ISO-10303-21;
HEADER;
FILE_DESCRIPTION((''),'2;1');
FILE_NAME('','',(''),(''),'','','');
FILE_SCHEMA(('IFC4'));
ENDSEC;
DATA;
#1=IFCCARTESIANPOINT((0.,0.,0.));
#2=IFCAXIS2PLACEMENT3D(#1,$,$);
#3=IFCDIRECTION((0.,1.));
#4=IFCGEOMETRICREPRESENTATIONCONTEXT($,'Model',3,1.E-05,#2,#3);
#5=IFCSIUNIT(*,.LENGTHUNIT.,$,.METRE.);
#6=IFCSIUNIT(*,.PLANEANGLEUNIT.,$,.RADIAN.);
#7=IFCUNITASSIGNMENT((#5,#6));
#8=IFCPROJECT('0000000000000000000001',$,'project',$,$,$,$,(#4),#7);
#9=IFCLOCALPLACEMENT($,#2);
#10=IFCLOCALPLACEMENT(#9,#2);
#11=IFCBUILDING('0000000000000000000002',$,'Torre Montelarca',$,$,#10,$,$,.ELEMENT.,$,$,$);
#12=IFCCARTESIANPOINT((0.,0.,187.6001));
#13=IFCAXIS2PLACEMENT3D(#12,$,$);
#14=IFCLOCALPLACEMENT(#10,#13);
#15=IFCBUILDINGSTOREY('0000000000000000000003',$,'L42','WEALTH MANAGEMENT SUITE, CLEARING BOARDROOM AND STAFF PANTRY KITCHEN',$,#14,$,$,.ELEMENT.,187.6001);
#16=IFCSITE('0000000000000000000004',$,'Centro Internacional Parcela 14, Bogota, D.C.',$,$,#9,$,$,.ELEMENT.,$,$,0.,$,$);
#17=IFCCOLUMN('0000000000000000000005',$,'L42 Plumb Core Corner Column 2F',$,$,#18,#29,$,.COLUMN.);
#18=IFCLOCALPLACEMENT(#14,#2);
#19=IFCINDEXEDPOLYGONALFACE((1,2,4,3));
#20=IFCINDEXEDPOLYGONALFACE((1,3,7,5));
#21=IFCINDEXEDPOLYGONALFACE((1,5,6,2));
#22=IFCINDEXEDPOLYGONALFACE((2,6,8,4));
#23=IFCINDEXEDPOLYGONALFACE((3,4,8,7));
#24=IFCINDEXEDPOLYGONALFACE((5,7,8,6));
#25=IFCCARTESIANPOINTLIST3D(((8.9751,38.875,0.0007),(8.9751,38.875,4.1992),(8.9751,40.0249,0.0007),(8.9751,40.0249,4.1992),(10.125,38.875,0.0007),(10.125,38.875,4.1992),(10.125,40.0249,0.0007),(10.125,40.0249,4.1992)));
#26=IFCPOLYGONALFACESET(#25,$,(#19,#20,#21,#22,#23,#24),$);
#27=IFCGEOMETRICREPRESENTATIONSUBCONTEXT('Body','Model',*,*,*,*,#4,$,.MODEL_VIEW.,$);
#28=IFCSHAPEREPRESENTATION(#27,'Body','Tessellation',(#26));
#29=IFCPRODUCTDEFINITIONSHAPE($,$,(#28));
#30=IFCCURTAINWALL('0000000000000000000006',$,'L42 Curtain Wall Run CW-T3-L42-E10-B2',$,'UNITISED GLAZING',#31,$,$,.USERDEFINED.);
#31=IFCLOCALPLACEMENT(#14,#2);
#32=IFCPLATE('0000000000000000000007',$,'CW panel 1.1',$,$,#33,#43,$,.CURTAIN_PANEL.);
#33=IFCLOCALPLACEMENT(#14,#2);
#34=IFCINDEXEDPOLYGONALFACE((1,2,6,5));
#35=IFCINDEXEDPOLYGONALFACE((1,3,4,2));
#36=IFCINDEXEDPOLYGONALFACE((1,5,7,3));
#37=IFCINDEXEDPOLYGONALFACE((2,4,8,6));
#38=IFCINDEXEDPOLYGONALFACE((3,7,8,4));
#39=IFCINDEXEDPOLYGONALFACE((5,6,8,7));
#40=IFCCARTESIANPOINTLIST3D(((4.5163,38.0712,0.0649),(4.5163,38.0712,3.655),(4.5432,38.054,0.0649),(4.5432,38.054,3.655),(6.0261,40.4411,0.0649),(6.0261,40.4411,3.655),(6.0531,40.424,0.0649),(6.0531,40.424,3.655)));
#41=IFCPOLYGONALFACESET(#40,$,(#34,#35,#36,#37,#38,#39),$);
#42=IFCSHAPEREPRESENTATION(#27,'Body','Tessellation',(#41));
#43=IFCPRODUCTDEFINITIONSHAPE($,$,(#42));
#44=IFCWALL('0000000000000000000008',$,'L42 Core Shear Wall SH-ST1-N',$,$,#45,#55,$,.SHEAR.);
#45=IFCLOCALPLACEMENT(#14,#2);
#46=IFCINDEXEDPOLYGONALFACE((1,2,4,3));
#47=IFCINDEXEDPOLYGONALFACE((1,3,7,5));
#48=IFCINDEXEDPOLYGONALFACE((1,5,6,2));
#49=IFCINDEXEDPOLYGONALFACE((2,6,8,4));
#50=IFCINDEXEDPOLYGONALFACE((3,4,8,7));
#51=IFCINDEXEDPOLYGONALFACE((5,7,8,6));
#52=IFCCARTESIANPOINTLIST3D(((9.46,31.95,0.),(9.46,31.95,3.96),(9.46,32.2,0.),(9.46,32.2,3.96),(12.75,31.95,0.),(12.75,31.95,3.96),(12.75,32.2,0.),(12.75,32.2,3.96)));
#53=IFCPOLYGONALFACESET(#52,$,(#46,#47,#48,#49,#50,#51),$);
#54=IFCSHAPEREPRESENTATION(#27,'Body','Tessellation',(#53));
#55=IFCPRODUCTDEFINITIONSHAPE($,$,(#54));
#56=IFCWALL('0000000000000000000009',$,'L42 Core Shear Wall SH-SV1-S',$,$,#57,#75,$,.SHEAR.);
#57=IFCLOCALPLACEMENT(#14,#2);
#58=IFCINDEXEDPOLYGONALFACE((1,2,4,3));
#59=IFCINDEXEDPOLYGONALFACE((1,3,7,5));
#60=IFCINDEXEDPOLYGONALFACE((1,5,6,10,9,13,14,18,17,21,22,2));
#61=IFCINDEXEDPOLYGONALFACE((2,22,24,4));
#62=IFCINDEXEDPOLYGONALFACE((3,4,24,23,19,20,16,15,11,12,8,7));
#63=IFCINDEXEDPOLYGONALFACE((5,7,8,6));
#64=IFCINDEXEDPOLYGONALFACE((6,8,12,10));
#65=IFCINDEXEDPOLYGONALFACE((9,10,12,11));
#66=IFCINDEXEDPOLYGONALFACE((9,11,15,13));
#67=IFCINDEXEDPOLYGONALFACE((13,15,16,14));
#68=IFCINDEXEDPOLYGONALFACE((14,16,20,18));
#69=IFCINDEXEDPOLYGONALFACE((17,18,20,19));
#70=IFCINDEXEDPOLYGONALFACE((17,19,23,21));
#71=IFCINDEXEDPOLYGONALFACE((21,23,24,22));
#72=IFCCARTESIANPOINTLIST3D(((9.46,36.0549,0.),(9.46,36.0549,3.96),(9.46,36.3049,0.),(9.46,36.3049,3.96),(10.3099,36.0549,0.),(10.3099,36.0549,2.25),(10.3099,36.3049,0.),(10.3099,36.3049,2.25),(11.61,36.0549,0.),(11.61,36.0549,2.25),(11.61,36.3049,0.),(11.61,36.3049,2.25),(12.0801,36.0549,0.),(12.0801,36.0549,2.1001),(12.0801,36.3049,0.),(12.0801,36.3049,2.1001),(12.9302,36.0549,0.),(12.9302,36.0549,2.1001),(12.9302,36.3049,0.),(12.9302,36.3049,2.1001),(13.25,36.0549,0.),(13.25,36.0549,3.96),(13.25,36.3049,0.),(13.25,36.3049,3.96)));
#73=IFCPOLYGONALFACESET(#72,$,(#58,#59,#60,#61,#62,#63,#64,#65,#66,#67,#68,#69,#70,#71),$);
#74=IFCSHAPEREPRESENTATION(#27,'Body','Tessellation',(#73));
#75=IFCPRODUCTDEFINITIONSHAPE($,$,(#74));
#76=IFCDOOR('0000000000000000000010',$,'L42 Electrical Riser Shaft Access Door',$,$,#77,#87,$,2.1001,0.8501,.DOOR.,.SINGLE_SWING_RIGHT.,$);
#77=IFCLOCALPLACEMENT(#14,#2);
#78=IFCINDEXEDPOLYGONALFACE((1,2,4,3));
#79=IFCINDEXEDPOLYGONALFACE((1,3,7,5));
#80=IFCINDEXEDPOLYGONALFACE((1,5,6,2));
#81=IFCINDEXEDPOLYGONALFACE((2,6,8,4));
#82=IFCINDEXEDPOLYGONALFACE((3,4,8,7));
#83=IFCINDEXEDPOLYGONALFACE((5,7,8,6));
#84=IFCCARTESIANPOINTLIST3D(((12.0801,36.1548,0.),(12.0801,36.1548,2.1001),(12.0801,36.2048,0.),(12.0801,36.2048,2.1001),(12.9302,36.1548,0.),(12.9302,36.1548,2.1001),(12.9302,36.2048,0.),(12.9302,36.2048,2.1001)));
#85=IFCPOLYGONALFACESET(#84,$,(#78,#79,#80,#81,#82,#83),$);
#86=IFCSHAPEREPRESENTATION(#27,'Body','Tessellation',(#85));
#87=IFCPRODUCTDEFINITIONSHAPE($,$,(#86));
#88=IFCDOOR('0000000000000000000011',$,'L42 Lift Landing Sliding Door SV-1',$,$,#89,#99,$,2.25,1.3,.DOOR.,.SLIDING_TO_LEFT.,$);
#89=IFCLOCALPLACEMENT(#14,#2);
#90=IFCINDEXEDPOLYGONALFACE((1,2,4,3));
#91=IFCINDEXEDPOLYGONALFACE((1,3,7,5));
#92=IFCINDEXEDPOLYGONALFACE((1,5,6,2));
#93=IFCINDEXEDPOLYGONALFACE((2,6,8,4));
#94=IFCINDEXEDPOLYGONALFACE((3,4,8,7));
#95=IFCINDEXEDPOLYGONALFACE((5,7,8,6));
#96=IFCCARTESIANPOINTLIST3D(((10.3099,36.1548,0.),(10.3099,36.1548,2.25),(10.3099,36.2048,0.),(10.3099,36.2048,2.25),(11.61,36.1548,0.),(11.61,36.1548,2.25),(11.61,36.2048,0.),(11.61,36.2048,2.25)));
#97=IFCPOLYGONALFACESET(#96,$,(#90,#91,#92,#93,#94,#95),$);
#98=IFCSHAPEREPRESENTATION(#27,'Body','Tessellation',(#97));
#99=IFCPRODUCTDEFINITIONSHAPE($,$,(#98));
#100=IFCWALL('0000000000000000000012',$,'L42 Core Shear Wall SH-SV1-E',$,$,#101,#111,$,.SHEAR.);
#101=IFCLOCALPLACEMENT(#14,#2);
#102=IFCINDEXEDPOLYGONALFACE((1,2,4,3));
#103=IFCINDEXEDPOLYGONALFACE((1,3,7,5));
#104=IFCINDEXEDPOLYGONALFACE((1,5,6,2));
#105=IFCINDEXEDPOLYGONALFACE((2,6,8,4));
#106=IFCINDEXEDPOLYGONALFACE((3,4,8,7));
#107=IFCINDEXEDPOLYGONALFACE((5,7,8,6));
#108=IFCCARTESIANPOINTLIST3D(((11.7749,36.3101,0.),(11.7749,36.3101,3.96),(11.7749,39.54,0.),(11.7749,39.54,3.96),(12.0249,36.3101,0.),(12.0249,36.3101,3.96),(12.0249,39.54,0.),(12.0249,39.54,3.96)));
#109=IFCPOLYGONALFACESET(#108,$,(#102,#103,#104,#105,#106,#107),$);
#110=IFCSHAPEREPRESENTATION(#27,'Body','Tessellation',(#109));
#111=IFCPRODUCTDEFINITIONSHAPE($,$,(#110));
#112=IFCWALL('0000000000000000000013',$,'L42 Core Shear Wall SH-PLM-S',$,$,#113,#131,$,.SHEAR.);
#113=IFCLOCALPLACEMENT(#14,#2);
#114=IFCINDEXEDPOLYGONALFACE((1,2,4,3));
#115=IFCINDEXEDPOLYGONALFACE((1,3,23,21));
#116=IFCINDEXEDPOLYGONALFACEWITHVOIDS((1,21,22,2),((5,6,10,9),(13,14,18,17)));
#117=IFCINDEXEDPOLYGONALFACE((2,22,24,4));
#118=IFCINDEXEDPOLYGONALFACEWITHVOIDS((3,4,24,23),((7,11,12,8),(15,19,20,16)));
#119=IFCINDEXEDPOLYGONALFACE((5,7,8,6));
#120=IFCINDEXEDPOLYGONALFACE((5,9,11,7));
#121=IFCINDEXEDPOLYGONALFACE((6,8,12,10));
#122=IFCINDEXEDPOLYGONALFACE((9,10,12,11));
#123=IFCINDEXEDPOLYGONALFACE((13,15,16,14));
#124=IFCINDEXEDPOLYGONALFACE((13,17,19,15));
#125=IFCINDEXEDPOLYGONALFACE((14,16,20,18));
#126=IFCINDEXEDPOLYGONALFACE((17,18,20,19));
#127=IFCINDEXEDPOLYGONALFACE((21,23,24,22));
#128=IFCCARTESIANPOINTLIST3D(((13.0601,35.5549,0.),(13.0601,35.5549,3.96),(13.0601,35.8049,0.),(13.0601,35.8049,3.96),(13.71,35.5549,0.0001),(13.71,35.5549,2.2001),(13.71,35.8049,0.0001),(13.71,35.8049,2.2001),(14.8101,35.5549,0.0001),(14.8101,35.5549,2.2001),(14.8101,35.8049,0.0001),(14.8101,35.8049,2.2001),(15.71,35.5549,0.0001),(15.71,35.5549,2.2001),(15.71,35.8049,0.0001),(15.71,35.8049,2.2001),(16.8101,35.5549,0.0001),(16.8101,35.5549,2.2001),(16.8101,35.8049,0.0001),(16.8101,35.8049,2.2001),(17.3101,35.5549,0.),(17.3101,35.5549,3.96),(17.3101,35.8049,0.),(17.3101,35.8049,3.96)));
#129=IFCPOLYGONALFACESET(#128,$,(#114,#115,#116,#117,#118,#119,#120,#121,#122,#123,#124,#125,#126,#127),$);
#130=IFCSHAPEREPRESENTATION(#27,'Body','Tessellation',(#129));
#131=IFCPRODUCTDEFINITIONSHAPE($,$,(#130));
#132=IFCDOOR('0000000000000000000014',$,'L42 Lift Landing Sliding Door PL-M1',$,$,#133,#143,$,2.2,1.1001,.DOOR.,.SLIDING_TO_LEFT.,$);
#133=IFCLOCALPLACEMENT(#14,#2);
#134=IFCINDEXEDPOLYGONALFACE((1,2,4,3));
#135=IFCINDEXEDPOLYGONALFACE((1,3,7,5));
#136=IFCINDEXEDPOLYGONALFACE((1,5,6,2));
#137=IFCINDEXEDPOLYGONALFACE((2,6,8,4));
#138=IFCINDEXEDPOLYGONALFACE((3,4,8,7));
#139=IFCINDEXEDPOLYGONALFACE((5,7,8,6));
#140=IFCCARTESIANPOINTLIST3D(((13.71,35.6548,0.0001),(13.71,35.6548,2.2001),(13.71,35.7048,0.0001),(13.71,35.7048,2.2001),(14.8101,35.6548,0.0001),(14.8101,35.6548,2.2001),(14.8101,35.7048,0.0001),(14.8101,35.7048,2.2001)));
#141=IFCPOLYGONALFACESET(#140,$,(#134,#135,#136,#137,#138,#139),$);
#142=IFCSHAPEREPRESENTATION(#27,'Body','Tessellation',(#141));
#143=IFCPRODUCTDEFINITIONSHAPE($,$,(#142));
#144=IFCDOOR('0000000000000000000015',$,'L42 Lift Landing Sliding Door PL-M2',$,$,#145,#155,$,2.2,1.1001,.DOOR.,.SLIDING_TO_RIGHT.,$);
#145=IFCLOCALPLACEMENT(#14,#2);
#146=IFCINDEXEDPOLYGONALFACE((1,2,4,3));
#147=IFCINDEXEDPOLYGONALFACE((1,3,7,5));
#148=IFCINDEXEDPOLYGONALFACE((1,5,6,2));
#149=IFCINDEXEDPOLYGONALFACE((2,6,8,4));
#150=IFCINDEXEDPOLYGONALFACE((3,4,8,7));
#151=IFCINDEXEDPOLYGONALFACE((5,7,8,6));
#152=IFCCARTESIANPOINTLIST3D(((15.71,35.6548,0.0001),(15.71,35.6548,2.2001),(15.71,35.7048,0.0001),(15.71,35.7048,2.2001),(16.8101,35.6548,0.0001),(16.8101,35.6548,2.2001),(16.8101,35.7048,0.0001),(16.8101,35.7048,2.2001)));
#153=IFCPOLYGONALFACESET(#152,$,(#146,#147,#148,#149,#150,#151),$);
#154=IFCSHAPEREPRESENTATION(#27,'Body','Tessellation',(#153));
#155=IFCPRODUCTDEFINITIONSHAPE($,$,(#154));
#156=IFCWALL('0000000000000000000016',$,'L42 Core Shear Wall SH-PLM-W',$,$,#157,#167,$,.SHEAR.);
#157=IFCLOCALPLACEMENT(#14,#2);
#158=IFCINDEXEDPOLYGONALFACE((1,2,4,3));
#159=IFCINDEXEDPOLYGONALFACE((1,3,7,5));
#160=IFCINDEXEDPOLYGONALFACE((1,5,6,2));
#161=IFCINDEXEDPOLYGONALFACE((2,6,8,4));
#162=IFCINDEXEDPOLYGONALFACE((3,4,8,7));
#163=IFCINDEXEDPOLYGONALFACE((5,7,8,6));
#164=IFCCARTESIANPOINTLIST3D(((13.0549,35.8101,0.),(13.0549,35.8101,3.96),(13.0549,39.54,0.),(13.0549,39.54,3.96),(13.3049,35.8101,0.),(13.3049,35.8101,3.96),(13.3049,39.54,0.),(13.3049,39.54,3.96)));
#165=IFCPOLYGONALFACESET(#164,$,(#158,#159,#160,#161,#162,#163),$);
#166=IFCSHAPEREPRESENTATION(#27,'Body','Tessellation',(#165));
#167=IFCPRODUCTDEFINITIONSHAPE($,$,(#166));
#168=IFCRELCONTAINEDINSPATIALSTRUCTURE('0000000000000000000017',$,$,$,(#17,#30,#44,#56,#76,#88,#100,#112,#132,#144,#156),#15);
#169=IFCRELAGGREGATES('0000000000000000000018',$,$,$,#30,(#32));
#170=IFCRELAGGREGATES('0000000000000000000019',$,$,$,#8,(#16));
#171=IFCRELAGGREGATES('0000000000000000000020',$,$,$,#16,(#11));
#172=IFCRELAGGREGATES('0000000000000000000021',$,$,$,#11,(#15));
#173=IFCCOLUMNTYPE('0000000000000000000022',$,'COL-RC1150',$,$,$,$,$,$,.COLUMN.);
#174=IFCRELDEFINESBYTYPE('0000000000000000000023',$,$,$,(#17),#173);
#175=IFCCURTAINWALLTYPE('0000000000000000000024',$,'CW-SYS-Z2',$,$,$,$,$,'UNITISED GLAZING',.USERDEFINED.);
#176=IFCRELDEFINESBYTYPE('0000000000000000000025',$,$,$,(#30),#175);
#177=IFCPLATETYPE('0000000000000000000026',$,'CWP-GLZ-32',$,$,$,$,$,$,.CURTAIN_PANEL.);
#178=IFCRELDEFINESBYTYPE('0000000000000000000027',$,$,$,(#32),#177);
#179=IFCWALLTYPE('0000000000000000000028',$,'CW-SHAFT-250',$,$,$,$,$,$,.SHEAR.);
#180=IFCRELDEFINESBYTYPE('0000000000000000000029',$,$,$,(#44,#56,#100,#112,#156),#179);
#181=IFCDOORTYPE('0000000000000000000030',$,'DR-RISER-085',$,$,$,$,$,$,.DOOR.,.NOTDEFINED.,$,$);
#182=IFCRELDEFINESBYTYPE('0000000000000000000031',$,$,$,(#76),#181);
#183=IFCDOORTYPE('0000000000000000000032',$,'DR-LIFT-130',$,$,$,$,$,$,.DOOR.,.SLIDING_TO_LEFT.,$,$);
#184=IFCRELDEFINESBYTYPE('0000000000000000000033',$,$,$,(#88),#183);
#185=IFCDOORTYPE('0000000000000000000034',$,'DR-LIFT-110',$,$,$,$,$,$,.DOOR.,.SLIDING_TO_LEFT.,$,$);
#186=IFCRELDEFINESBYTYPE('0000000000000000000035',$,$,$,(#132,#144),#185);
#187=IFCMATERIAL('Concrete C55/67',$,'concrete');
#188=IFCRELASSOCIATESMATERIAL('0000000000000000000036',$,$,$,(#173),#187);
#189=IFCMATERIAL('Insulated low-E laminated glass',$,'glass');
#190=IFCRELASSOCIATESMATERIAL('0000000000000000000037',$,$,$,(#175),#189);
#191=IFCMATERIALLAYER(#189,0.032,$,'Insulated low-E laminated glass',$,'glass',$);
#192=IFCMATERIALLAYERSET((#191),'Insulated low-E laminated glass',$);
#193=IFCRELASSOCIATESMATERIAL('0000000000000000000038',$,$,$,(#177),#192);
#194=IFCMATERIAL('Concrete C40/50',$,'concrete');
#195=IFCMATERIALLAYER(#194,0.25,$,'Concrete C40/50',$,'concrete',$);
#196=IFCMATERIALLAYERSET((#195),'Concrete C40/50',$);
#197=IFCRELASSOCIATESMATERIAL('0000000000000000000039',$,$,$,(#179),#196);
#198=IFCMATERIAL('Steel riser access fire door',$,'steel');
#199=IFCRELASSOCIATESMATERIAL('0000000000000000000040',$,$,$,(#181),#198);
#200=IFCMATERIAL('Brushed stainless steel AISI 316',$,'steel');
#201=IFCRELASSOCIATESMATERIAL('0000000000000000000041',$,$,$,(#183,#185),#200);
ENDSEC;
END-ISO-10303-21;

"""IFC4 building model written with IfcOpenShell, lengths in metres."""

from ifc_helpers import new_model, si_unit, direction, frame, frame_2d, origin, origin_2d, place, context, subcontext, project, spatial, rectangle, extrude, source, transform, mapped, material, layer, layer_set, material_profile, profile_set, type_object, element, fill, aggregate, save


model = new_model("IFC4")

# Units and contexts
model_context = context("Model", 3, precision=1e-05, world=origin(), true_north=direction((0.0, 1.0)))
body_context = subcontext(model_context, "Body", "Model", "MODEL_VIEW")
ifc_project = project(units=[si_unit("LENGTHUNIT", "METRE"), si_unit("PLANEANGLEUNIT", "RADIAN")], contexts=[model_context])

# Site, building, storey
site_placement = place(None, origin())
site = spatial("IfcSite", under=ifc_project, at=site_placement, Name="Centro Internacional Parcela 14, Bogota, D.C.", CompositionType="ELEMENT", RefElevation=0.0)
building_placement = place(site_placement, origin())
building = spatial("IfcBuilding", under=site, at=building_placement, Name="Torre Montelarca", CompositionType="ELEMENT")
storey_placement = place(building_placement, frame((0.0, 0.0, 187.6001)))
storey = spatial("IfcBuildingStorey", under=building, at=storey_placement, Name="L42", Description="WEALTH MANAGEMENT SUITE, CLEARING BOARDROOM AND STAFF PANTRY KITCHEN", CompositionType="ELEMENT", Elevation=187.6001)

# Column
ifc_material_1 = material(Name="Concrete C55/67", Category="concrete")
ifc_material_profile = material_profile(ifc_material_1, rectangle(XDim=1.1499, YDim=1.1499, at=origin_2d()), Name="RC1150X1150", Category="concrete")
ifc_profile_set = profile_set([ifc_material_profile], Name="Concrete C55/67")
column_type = type_object("IfcColumnType", Name="COL-RC1150", PredefinedType="COLUMN", material=ifc_profile_set)
shared_shape_1 = source(origin(), body_context, "Body", "SweptSolid", [
    extrude(rectangle(XDim=1.1499, YDim=1.1499, at=origin_2d()), origin(), (0.0, 0.0, 1.0), 4.1985),
])
column_placement = place(storey_placement, frame((9.55, 39.45, 0.0007), z_axis=(0.0, 0.0, 1.0), x_axis=(1.0, 0.0, 0.0)))
element("IfcColumn", 1, at=column_placement, inside=storey, type_object=column_type, Name="L42 Plumb Core Corner Column 2F", PredefinedType="COLUMN", context=body_context, shape_type="MappedRepresentation", body=[
    mapped(shared_shape_1, transform((0.0, 0.0, 0.0), scale=1.0)),
])

# Curtain wall, plate
ifc_material_2 = material(Name="Insulated low-E laminated glass", Category="glass")
curtain_wall_type = type_object("IfcCurtainWallType", Name="CW-SYS-Z2", ElementType="UNITISED GLAZING", PredefinedType="USERDEFINED", material=ifc_material_2)
curtain_wall_placement = place(storey_placement, origin())
curtain_wall = element("IfcCurtainWall", 2, at=curtain_wall_placement, inside=storey, type_object=curtain_wall_type, Name="L42 Curtain Wall Run CW-T3-L42-E10-B2", ObjectType="UNITISED GLAZING", PredefinedType="USERDEFINED")
ifc_layer_1 = layer(ifc_material_2, 0.032, Name="Insulated low-E laminated glass", Category="glass")
ifc_layer_set_1 = layer_set([ifc_layer_1], Name="Insulated low-E laminated glass")
plate_type = type_object("IfcPlateType", Name="CWP-GLZ-32", PredefinedType="CURTAIN_PANEL", material=ifc_layer_set_1)
shared_shape_2 = source(origin(), body_context, "Body", "SweptSolid", [
    extrude(rectangle(XDim=2.8101, YDim=0.032, at=origin_2d()), origin(), (0.0, 0.0, 1.0), 3.5901),
])
plate_placement = place(storey_placement, frame((5.2847, 39.2476, 0.0649), z_axis=(0.0, 0.0, 1.0), x_axis=(-0.537302, -0.84339, 0.0)))
plate = element("IfcPlate", 3, at=plate_placement, type_object=plate_type, Name="CW panel 1.1", PredefinedType="CURTAIN_PANEL", context=body_context, shape_type="MappedRepresentation", body=[
    mapped(shared_shape_2, transform((0.0, 0.0, 0.0), scale=1.0)),
])
aggregate(curtain_wall, [plate])

# Wall
ifc_material_3 = material(Name="Concrete C40/50", Category="concrete")
ifc_layer_2 = layer(ifc_material_3, 0.25, Name="Concrete C40/50", Category="concrete")
ifc_layer_set_2 = layer_set([ifc_layer_2], Name="Concrete C40/50")
wall_type_1 = type_object("IfcWallType", Name="CW-SHAFT-250", PredefinedType="SHEAR", material=ifc_layer_set_2)
wall_1_placement = place(storey_placement, frame((9.46, 32.075, 0.0), z_axis=(0.0, 0.0, 1.0), x_axis=(1.0, 0.0, 0.0)))
element("IfcWall", 4, at=wall_1_placement, inside=storey, type_object=wall_type_1, Name="L42 Core Shear Wall SH-ST1-N", PredefinedType="SHEAR", context=body_context, shape_type="SweptSolid", body=[
    extrude(rectangle(XDim=3.29, YDim=0.25, at=frame_2d((1.645, 0.0))), origin(), (0.0, 0.0, 1.0), 3.96),
])

# Wall, openings, doors
wall_2_placement = place(storey_placement, frame((9.46, 36.1799, 0.0), z_axis=(0.0, 0.0, 1.0), x_axis=(1.0, 0.0, 0.0)))
wall_2 = element("IfcWall", 5, at=wall_2_placement, inside=storey, type_object=wall_type_1, Name="L42 Core Shear Wall SH-SV1-S", PredefinedType="SHEAR", context=body_context, shape_type="SweptSolid", body=[
    extrude(rectangle(XDim=3.79, YDim=0.25, at=frame_2d((1.895, 0.0))), origin(), (0.0, 0.0, 1.0), 3.96),
])
opening_1_placement = place(wall_2_placement, frame((2.6201, 0.0, 0.0)))
opening_1 = element("IfcOpeningElement", 6, at=opening_1_placement, cuts=wall_2, PredefinedType="OPENING", context=body_context, shape_type="SweptSolid", body=[
    extrude(rectangle(XDim=0.8501, YDim=2.1001, at=frame_2d((0.425, 1.05))), frame((0.0, 0.135, 0.0), z_axis=(0.0, -1.0, 0.0), x_axis=(1.0, 0.0, 0.0)), (0.0, 0.0, 1.0), 0.27),
])
opening_2_placement = place(wall_2_placement, frame((0.8501, 0.0, 0.0)))
opening_2 = element("IfcOpeningElement", 7, at=opening_2_placement, cuts=wall_2, PredefinedType="OPENING", context=body_context, shape_type="SweptSolid", body=[
    extrude(rectangle(XDim=1.3, YDim=2.25, at=frame_2d((0.6499, 1.125))), frame((0.0, 0.135, 0.0), z_axis=(0.0, -1.0, 0.0), x_axis=(1.0, 0.0, 0.0)), (0.0, 0.0, 1.0), 0.27),
])
ifc_material_4 = material(Name="Steel riser access fire door", Category="steel")
door_type_1 = type_object("IfcDoorType", Name="DR-RISER-085", OperationType="NOTDEFINED", PredefinedType="DOOR", material=ifc_material_4)
shared_shape_3 = source(origin(), body_context, "Body", "SweptSolid", [
    extrude(rectangle(XDim=0.8501, YDim=2.1001, at=frame_2d((0.425, 1.05))), frame((0.0, 0.0249, 0.0), z_axis=(0.0, -1.0, 0.0), x_axis=(1.0, 0.0, 0.0)), (0.0, 0.0, 1.0), 0.05),
])
door_1_placement = place(opening_1_placement, origin())
door_1 = element("IfcDoor", 8, at=door_1_placement, inside=storey, type_object=door_type_1, Name="L42 Electrical Riser Shaft Access Door", OperationType="SINGLE_SWING_RIGHT", OverallHeight=2.1001, OverallWidth=0.8501, PredefinedType="DOOR", context=body_context, shape_type="MappedRepresentation", body=[
    mapped(shared_shape_3, transform((0.0, 0.0, 0.0), scale=1.0)),
])
fill(opening_1, door_1)
ifc_material_5 = material(Name="Brushed stainless steel AISI 316", Category="steel")
door_type_2 = type_object("IfcDoorType", Name="DR-LIFT-130", OperationType="SLIDING_TO_LEFT", PredefinedType="DOOR", material=ifc_material_5)
shared_shape_4 = source(origin(), body_context, "Body", "SweptSolid", [
    extrude(rectangle(XDim=1.3, YDim=2.25, at=frame_2d((0.6499, 1.125))), frame((0.0, 0.0249, 0.0), z_axis=(0.0, -1.0, 0.0), x_axis=(1.0, 0.0, 0.0)), (0.0, 0.0, 1.0), 0.05),
])
door_2_placement = place(opening_2_placement, origin())
door_2 = element("IfcDoor", 9, at=door_2_placement, inside=storey, type_object=door_type_2, Name="L42 Lift Landing Sliding Door SV-1", OperationType="SLIDING_TO_LEFT", OverallHeight=2.25, OverallWidth=1.3, PredefinedType="DOOR", context=body_context, shape_type="MappedRepresentation", body=[
    mapped(shared_shape_4, transform((0.0, 0.0, 0.0), scale=1.0)),
])
fill(opening_2, door_2)

# Wall
wall_3_placement = place(storey_placement, frame((11.8999, 36.3101, 0.0), z_axis=(0.0, 0.0, 1.0), x_axis=(0.0, 1.0, 0.0)))
element("IfcWall", 10, at=wall_3_placement, inside=storey, type_object=wall_type_1, Name="L42 Core Shear Wall SH-SV1-E", PredefinedType="SHEAR", context=body_context, shape_type="SweptSolid", body=[
    extrude(rectangle(XDim=3.23, YDim=0.25, at=frame_2d((1.615, 0.0))), origin(), (0.0, 0.0, 1.0), 3.96),
])

# Wall, openings, doors
wall_4_placement = place(storey_placement, frame((13.0601, 35.6799, 0.0), z_axis=(0.0, 0.0, 1.0), x_axis=(1.0, 0.0, 0.0)))
wall_4 = element("IfcWall", 11, at=wall_4_placement, inside=storey, type_object=wall_type_1, Name="L42 Core Shear Wall SH-PLM-S", PredefinedType="SHEAR", context=body_context, shape_type="SweptSolid", body=[
    extrude(rectangle(XDim=4.25, YDim=0.25, at=frame_2d((2.125, 0.0))), origin(), (0.0, 0.0, 1.0), 3.96),
])
opening_3_placement = place(wall_4_placement, frame((0.6499, 0.0, 0.0)))
opening_3 = element("IfcOpeningElement", 12, at=opening_3_placement, cuts=wall_4, PredefinedType="OPENING", context=body_context, shape_type="SweptSolid", body=[
    extrude(rectangle(XDim=1.1001, YDim=2.2, at=frame_2d((0.55, 1.1001))), frame((0.0, 0.135, 0.0), z_axis=(0.0, -1.0, 0.0), x_axis=(1.0, 0.0, 0.0)), (0.0, 0.0, 1.0), 0.27),
])
opening_4_placement = place(wall_4_placement, frame((2.6499, 0.0, 0.0)))
opening_4 = element("IfcOpeningElement", 13, at=opening_4_placement, cuts=wall_4, PredefinedType="OPENING", context=body_context, shape_type="SweptSolid", body=[
    extrude(rectangle(XDim=1.1001, YDim=2.2, at=frame_2d((0.55, 1.1001))), frame((0.0, 0.135, 0.0), z_axis=(0.0, -1.0, 0.0), x_axis=(1.0, 0.0, 0.0)), (0.0, 0.0, 1.0), 0.27),
])
door_type_3 = type_object("IfcDoorType", Name="DR-LIFT-110", OperationType="SLIDING_TO_LEFT", PredefinedType="DOOR", material=ifc_material_5)
shared_shape_5 = source(origin(), body_context, "Body", "SweptSolid", [
    extrude(rectangle(XDim=1.1001, YDim=2.2, at=frame_2d((0.55, 1.1001))), frame((0.0, 0.0249, 0.0), z_axis=(0.0, -1.0, 0.0), x_axis=(1.0, 0.0, 0.0)), (0.0, 0.0, 1.0), 0.05),
])
door_3_placement = place(opening_3_placement, origin())
door_3 = element("IfcDoor", 14, at=door_3_placement, inside=storey, type_object=door_type_3, Name="L42 Lift Landing Sliding Door PL-M1", OperationType="SLIDING_TO_LEFT", OverallHeight=2.2, OverallWidth=1.1001, PredefinedType="DOOR", context=body_context, shape_type="MappedRepresentation", body=[
    mapped(shared_shape_5, transform((0.0, 0.0, 0.0), scale=1.0)),
])
fill(opening_3, door_3)
door_4_placement = place(opening_4_placement, origin())
door_4 = element("IfcDoor", 15, at=door_4_placement, inside=storey, type_object=door_type_3, Name="L42 Lift Landing Sliding Door PL-M2", OperationType="SLIDING_TO_RIGHT", OverallHeight=2.2, OverallWidth=1.1001, PredefinedType="DOOR", context=body_context, shape_type="MappedRepresentation", body=[
    mapped(shared_shape_5, transform((0.0, 0.0, 0.0), scale=1.0)),
])
fill(opening_4, door_4)

# Wall
for number, where, z_axis, x_axis, name in (
    (16, (13.1799, 35.8101, 0.0), (0.0, 0.0, 1.0), (0.0, 1.0, 0.0), "L42 Core Shear Wall SH-PLM-W"),
):
    element("IfcWall", number, at=place(storey_placement, frame(where, z_axis=z_axis, x_axis=x_axis)), inside=storey, type_object=wall_type_1, Name=name, PredefinedType="SHEAR", context=body_context, shape_type="SweptSolid", body=[
        extrude(rectangle(XDim=3.73, YDim=0.25, at=frame_2d((1.865, 0.0))), origin(), (0.0, 0.0, 1.0), 3.96),
    ])

save(model, "model.ifc")
